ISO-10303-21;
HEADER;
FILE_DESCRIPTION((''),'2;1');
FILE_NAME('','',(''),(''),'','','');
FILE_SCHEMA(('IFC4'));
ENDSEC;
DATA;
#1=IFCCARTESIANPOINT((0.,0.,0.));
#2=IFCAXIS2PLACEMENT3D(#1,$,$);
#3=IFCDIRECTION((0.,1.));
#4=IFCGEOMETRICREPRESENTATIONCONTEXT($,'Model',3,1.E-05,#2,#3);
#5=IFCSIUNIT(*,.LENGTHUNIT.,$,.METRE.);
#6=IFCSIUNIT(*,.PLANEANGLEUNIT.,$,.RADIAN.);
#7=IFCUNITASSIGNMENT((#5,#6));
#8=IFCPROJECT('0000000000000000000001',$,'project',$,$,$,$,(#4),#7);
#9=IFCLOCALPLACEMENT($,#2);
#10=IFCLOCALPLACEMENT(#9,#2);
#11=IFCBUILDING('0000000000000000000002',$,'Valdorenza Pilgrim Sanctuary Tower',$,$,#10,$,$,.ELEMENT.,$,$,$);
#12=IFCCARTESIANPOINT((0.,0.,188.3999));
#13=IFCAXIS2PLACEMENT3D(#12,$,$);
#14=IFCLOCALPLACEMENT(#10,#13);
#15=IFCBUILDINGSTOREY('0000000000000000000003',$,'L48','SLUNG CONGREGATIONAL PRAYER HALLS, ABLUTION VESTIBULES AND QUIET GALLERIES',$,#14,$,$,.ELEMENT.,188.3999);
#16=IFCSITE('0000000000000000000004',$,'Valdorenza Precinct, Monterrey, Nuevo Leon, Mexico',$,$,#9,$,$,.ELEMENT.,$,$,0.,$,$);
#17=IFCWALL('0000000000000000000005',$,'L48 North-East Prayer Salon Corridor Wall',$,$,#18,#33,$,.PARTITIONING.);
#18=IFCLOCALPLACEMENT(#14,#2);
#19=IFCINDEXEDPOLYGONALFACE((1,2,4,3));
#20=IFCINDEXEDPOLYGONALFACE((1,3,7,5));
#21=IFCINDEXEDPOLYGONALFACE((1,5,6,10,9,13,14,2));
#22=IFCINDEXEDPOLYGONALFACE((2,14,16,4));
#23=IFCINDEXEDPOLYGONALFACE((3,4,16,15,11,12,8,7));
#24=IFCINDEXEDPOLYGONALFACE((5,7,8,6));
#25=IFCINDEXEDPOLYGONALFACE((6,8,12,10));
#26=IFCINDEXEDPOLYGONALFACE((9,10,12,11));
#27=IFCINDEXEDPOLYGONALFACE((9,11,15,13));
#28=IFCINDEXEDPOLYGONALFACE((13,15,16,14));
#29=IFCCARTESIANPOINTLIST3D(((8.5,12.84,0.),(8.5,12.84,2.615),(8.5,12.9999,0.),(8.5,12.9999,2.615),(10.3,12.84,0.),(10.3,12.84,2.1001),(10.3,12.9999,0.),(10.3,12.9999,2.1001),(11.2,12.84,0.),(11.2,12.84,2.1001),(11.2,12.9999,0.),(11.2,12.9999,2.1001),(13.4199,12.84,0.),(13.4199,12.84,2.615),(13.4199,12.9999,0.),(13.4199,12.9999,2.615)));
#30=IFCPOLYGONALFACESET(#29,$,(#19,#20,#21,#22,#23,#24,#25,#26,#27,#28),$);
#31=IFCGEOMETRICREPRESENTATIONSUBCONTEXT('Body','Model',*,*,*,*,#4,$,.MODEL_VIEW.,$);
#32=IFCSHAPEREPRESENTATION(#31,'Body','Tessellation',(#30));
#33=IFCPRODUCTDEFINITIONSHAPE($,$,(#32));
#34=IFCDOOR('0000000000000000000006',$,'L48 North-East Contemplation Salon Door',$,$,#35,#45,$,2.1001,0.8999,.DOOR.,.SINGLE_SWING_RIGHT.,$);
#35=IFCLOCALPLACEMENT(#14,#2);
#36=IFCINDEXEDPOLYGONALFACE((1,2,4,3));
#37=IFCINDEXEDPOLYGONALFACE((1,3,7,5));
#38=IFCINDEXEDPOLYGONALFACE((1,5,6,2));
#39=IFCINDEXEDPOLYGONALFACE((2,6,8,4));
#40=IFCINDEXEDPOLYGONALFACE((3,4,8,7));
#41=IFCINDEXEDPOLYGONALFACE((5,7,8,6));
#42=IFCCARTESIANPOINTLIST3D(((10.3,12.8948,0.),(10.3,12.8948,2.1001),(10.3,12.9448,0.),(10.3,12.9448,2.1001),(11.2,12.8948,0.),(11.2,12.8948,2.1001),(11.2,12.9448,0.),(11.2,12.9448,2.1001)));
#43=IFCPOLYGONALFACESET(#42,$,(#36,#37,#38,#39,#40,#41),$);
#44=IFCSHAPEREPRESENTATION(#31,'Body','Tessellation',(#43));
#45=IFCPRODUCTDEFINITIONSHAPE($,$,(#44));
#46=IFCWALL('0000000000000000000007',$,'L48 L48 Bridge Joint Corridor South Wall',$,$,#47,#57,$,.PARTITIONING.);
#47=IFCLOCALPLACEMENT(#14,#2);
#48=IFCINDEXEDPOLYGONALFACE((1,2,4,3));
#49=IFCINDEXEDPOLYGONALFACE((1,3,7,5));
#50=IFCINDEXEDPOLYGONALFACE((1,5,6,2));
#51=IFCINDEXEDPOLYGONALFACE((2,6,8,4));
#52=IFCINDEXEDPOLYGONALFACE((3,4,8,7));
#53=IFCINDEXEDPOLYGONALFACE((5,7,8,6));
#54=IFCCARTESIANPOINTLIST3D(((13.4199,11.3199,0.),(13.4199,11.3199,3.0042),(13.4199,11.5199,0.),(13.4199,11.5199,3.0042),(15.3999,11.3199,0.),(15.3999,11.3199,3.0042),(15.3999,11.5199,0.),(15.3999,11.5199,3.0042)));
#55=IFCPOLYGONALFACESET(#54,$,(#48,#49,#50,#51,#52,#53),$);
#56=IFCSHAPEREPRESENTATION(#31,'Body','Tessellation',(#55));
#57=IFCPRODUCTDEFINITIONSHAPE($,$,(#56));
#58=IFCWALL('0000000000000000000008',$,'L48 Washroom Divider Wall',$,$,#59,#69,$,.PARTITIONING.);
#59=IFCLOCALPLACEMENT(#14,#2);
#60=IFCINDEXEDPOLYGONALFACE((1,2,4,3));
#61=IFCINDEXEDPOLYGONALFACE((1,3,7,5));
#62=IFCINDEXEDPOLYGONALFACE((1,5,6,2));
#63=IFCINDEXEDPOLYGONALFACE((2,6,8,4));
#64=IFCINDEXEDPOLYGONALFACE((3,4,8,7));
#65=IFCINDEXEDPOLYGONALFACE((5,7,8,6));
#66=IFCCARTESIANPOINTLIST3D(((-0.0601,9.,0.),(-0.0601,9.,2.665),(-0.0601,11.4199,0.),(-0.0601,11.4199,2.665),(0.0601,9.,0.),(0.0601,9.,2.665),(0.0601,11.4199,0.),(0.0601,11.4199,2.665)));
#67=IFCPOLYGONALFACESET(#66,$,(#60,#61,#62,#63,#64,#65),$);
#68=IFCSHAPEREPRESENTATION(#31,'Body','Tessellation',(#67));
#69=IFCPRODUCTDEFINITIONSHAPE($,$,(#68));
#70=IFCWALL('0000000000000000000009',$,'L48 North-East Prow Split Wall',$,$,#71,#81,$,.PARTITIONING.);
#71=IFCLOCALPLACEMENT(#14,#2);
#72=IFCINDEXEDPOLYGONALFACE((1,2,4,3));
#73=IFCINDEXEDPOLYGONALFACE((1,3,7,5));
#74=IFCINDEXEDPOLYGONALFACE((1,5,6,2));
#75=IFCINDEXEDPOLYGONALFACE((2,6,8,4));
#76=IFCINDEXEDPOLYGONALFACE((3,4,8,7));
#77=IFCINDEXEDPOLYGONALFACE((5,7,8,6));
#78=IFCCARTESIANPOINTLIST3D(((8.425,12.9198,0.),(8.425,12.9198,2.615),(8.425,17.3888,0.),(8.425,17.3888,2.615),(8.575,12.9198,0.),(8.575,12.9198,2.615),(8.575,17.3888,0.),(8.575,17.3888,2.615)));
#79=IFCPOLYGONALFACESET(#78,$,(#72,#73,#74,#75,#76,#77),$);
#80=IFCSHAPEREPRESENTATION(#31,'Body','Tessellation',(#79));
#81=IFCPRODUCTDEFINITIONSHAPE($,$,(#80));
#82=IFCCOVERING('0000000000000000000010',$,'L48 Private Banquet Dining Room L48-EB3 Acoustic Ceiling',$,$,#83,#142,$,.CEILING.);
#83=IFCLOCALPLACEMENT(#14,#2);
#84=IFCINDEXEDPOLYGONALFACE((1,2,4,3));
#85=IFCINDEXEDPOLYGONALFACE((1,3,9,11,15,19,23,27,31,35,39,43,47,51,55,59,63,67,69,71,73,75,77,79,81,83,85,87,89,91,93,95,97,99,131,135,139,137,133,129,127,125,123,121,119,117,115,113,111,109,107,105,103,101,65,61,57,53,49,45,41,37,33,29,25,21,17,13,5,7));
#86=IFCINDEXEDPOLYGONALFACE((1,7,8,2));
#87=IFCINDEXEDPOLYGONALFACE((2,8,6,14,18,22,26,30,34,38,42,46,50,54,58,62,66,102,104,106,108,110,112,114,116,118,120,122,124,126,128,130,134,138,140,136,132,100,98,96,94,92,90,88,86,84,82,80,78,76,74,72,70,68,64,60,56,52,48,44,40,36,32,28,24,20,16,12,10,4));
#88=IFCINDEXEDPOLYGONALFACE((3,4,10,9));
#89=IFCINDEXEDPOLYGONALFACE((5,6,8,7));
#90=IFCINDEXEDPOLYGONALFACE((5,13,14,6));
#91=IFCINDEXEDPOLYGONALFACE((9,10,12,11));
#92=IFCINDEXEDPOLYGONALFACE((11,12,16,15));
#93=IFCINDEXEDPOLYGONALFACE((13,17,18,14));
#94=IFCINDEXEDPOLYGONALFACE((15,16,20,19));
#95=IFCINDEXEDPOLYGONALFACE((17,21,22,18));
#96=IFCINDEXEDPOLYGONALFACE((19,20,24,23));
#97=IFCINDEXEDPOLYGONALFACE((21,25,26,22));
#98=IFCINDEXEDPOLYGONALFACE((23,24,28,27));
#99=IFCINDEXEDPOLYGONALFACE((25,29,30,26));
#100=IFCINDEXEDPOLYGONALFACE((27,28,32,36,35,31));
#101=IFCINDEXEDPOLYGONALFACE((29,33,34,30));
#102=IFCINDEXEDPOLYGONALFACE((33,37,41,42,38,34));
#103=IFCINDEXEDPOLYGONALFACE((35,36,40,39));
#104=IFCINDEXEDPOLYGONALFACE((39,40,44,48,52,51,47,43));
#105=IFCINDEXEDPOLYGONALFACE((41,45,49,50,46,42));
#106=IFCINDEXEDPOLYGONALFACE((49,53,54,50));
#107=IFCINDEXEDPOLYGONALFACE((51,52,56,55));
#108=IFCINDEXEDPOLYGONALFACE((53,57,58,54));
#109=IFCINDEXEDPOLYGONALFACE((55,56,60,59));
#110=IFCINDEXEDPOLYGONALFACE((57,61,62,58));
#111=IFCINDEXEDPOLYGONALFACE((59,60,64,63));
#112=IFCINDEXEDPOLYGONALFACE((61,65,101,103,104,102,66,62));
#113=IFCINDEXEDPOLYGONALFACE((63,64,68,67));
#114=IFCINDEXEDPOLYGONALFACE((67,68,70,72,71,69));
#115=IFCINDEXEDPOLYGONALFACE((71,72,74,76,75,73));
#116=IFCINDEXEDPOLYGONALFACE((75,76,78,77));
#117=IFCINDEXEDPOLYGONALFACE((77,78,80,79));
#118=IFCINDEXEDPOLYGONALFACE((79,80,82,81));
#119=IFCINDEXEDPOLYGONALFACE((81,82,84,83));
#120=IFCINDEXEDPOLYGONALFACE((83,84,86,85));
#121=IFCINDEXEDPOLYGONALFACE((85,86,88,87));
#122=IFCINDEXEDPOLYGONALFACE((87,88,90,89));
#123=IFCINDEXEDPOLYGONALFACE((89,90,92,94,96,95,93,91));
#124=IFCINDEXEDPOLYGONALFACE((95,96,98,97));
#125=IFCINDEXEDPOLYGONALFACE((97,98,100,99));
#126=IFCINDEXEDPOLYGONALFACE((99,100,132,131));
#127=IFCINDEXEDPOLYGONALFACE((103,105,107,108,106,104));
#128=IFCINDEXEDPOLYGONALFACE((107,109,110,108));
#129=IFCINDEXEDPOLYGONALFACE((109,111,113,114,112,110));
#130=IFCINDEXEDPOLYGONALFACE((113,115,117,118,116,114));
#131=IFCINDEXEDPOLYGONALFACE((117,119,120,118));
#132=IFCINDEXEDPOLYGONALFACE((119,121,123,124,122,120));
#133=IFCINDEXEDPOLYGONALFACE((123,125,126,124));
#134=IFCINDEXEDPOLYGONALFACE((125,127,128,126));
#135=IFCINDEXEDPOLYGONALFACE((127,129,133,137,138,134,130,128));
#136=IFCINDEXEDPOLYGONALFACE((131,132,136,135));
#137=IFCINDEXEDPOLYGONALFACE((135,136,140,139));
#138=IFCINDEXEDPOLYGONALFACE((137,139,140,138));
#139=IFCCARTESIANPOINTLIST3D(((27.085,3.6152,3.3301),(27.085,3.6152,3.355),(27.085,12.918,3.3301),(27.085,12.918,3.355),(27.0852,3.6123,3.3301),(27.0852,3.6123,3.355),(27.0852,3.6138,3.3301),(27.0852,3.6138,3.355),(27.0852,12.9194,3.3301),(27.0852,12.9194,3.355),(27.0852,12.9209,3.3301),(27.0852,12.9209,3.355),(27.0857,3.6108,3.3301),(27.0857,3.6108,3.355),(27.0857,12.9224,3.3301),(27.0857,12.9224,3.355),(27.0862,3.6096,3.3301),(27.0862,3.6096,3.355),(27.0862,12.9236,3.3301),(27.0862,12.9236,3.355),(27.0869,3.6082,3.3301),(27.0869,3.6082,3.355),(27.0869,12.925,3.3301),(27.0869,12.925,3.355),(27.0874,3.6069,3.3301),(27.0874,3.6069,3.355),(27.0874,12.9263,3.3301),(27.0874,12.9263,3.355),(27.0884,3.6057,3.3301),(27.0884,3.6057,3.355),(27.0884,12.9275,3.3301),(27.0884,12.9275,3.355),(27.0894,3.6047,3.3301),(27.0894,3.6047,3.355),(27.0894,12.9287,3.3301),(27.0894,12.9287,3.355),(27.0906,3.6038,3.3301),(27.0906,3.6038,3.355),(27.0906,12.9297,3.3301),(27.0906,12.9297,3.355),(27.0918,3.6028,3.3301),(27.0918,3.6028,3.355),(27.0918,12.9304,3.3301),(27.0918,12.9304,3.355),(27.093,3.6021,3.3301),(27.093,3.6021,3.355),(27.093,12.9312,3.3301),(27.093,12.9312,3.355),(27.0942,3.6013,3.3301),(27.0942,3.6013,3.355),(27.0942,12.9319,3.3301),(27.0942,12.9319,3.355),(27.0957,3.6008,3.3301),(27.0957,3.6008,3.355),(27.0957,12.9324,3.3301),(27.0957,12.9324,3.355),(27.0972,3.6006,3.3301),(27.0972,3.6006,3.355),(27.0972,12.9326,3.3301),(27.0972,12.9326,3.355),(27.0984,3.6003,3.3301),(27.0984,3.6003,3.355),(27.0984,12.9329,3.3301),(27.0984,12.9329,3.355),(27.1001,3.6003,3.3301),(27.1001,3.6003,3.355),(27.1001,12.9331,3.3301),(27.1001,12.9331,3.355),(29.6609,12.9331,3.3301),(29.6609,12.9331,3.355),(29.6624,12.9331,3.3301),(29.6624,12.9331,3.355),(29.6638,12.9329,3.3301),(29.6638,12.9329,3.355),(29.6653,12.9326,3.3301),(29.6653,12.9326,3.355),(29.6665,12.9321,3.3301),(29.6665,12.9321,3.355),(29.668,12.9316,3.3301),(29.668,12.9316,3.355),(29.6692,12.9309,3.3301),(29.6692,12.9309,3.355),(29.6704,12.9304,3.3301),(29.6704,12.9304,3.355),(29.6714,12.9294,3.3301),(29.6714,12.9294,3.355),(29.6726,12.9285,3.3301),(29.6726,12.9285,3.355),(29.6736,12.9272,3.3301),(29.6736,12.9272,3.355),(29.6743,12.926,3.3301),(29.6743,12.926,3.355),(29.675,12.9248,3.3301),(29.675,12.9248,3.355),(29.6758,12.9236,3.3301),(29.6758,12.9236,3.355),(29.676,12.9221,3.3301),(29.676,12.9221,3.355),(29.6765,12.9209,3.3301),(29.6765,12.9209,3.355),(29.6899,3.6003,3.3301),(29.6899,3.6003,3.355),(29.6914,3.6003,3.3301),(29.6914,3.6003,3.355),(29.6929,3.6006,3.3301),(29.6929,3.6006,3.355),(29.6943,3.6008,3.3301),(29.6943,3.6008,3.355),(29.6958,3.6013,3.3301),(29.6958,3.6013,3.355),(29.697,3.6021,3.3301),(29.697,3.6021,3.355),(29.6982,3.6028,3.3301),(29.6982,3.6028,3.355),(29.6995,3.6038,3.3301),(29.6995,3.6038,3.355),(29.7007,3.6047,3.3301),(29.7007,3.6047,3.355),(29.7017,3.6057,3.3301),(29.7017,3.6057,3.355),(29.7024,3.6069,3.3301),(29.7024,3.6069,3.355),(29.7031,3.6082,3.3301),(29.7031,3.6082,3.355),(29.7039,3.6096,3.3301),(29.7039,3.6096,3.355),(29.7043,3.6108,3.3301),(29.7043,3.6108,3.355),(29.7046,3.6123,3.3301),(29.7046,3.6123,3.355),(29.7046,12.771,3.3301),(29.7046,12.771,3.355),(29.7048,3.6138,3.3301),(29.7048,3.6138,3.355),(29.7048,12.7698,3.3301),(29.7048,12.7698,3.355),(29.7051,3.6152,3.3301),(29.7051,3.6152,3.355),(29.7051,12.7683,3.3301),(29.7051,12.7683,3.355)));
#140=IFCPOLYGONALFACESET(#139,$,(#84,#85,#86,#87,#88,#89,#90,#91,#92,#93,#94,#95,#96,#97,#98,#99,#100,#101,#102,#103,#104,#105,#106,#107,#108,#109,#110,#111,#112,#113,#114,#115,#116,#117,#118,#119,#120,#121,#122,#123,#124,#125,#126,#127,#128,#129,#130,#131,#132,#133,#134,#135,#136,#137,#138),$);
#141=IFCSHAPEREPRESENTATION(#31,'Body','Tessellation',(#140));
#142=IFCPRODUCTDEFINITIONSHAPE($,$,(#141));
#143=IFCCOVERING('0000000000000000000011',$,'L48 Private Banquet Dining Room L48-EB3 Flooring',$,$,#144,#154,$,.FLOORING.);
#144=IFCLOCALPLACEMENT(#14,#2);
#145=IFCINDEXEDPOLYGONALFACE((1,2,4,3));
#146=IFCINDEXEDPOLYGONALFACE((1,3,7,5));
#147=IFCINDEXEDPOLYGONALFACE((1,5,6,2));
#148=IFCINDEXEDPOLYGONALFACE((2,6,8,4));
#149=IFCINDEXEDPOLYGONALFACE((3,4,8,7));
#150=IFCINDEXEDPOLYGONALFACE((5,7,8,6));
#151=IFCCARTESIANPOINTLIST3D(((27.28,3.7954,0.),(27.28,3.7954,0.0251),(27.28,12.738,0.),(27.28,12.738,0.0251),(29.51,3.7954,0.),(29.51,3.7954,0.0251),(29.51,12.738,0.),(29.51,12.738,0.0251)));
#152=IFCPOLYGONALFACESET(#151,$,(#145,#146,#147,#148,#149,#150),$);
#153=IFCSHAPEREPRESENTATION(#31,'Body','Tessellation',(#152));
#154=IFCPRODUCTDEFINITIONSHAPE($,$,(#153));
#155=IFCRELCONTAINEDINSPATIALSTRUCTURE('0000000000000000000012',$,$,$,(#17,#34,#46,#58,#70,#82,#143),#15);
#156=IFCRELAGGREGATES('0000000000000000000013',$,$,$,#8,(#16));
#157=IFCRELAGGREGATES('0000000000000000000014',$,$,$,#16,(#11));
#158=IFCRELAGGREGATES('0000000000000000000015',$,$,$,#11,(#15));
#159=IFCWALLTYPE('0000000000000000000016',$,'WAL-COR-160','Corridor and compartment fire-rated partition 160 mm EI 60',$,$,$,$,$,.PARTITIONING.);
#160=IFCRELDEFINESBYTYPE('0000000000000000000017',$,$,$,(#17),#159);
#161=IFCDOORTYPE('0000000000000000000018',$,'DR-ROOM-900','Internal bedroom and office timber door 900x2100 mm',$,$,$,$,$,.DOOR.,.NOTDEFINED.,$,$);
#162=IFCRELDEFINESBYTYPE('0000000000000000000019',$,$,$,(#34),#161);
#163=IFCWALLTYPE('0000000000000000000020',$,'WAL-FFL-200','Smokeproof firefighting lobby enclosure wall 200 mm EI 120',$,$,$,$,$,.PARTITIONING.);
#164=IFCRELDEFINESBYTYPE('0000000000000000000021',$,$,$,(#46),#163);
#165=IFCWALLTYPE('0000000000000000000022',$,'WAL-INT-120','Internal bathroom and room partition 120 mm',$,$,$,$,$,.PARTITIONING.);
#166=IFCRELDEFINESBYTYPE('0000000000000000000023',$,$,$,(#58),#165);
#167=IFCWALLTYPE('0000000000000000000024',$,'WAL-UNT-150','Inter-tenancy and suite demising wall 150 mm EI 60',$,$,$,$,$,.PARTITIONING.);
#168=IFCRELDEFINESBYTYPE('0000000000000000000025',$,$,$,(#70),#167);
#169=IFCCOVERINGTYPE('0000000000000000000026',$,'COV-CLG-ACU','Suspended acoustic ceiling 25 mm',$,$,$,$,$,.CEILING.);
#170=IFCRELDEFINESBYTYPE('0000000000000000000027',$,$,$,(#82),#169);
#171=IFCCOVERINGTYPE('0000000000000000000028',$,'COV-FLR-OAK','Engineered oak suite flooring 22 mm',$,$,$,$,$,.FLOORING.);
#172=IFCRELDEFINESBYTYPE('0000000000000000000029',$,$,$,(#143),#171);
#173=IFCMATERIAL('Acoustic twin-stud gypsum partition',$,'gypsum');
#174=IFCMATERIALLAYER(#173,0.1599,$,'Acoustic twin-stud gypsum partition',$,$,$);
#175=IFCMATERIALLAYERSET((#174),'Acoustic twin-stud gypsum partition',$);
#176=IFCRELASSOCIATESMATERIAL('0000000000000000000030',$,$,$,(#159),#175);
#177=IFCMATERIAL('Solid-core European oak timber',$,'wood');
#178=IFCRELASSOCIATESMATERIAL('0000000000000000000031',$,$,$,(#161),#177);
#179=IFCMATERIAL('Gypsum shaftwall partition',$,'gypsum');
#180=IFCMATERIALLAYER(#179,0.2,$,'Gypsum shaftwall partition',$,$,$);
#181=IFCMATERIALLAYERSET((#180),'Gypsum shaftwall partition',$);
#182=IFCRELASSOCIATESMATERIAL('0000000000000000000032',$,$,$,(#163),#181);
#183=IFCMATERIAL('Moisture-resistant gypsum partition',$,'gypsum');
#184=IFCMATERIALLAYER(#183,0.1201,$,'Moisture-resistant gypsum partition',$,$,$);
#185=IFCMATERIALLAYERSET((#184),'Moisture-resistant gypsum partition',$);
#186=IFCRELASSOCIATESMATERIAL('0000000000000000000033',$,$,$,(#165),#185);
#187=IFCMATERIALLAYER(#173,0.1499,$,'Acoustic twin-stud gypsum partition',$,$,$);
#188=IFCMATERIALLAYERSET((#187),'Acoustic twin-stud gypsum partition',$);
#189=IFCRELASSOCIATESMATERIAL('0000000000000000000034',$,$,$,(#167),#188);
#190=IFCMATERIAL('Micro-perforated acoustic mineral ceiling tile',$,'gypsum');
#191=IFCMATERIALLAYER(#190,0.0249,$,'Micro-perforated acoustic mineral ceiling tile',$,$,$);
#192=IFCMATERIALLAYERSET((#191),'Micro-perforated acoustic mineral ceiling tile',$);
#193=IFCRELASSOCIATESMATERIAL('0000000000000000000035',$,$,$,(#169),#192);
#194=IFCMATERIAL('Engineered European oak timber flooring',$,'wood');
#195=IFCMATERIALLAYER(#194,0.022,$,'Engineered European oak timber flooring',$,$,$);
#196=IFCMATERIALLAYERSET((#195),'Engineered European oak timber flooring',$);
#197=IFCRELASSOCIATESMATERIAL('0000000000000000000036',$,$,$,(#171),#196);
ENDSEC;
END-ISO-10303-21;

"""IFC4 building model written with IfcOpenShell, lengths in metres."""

from ifc_helpers import new_model, si_unit, direction, frame, frame_2d, origin, place, context, subcontext, project, spatial, polyline, rectangle, outline, extrude, material, layer, layer_set, type_object, element, fill, save


model = new_model("IFC4")

# Units and contexts
model_context = context("Model", 3, precision=1e-05, world=origin(), true_north=direction((0.0, 1.0)))
body_context = subcontext(model_context, "Body", "Model", "MODEL_VIEW")
ifc_project = project(units=[si_unit("LENGTHUNIT", "METRE"), si_unit("PLANEANGLEUNIT", "RADIAN")], contexts=[model_context])

# Site, building, storey
site_placement = place(None, origin())
site = spatial("IfcSite", under=ifc_project, at=site_placement, Name="Valdorenza Precinct, Monterrey, Nuevo Leon, Mexico", CompositionType="ELEMENT", RefElevation=0.0)
building_placement = place(site_placement, origin())
building = spatial("IfcBuilding", under=site, at=building_placement, Name="Valdorenza Pilgrim Sanctuary Tower", CompositionType="ELEMENT")
storey_placement = place(building_placement, frame((0.0, 0.0, 188.3999)))
storey = spatial("IfcBuildingStorey", under=building, at=storey_placement, Name="L48", Description="SLUNG CONGREGATIONAL PRAYER HALLS, ABLUTION VESTIBULES AND QUIET GALLERIES", CompositionType="ELEMENT", Elevation=188.3999)

# Shared definitions
ifc_material_1 = material(Name="Acoustic twin-stud gypsum partition", Category="gypsum")
ifc_layer_1 = layer(ifc_material_1, 0.1599, Name="Acoustic twin-stud gypsum partition")
ifc_layer_set_1 = layer_set([ifc_layer_1], Name="Acoustic twin-stud gypsum partition")
wall_type_1 = type_object("IfcWallType", Name="WAL-COR-160", Description="Corridor and compartment fire-rated partition 160 mm EI 60", PredefinedType="PARTITIONING", material=ifc_layer_set_1)

# Wall, opening, door
wall_1_placement = place(storey_placement, frame((8.5, 12.9199, 0.0), z_axis=(0.0, 0.0, 1.0), x_axis=(1.0, 0.0, 0.0)))
wall_1 = element("IfcWall", 1, at=wall_1_placement, inside=storey, type_object=wall_type_1, Name="L48 North-East Prayer Salon Corridor Wall", PredefinedType="PARTITIONING", context=body_context, shape_type="SweptSolid", body=[
    extrude(rectangle(XDim=4.9199, YDim=0.1599, at=frame_2d((2.46, 0.0))), origin(), (0.0, 0.0, 1.0), 2.615),
])
opening_1_placement = place(wall_1_placement, frame((1.8, 0.0, 0.0)))
opening_1 = element("IfcOpeningElement", 2, at=opening_1_placement, cuts=wall_1, PredefinedType="OPENING", context=body_context, shape_type="SweptSolid", body=[
    extrude(rectangle(XDim=0.8999, YDim=2.1001, at=frame_2d((0.45, 1.05))), frame((0.0, 0.0947, 0.0), z_axis=(0.0, -1.0, 0.0), x_axis=(1.0, 0.0, 0.0)), (0.0, 0.0, 1.0), 0.1897),
])
ifc_material_2 = material(Name="Solid-core European oak timber", Category="wood")
door_type_1 = type_object("IfcDoorType", Name="DR-ROOM-900", Description="Internal bedroom and office timber door 900x2100 mm", OperationType="NOTDEFINED", PredefinedType="DOOR", material=ifc_material_2)
door_1_placement = place(opening_1_placement, origin())
door_1 = element("IfcDoor", 3, at=door_1_placement, inside=storey, type_object=door_type_1, Name="L48 North-East Contemplation Salon Door", OperationType="SINGLE_SWING_RIGHT", OverallHeight=2.1001, OverallWidth=0.8999, PredefinedType="DOOR", context=body_context, shape_type="SweptSolid", body=[
    extrude(rectangle(XDim=0.8999, YDim=2.1001, at=frame_2d((0.45, 1.05))), frame((0.0, 0.0249, 0.0), z_axis=(0.0, -1.0, 0.0), x_axis=(1.0, 0.0, 0.0)), (0.0, 0.0, 1.0), 0.05),
])
fill(opening_1, door_1)

# Wall
ifc_material_3 = material(Name="Gypsum shaftwall partition", Category="gypsum")
ifc_layer_2 = layer(ifc_material_3, 0.2, Name="Gypsum shaftwall partition")
ifc_layer_set_2 = layer_set([ifc_layer_2], Name="Gypsum shaftwall partition")
wall_type_2 = type_object("IfcWallType", Name="WAL-FFL-200", Description="Smokeproof firefighting lobby enclosure wall 200 mm EI 120", PredefinedType="PARTITIONING", material=ifc_layer_set_2)
wall_2_placement = place(storey_placement, frame((13.4199, 11.4199, 0.0), z_axis=(0.0, 0.0, 1.0), x_axis=(1.0, 0.0, 0.0)))
element("IfcWall", 4, at=wall_2_placement, inside=storey, type_object=wall_type_2, Name="L48 L48 Bridge Joint Corridor South Wall", PredefinedType="PARTITIONING", context=body_context, shape_type="SweptSolid", body=[
    extrude(rectangle(XDim=1.98, YDim=0.2, at=frame_2d((0.99, 0.0))), origin(), (0.0, 0.0, 1.0), 3.0042),
])

# Walls
ifc_material_4 = material(Name="Moisture-resistant gypsum partition", Category="gypsum")
ifc_layer_3 = layer(ifc_material_4, 0.1201, Name="Moisture-resistant gypsum partition")
ifc_layer_set_3 = layer_set([ifc_layer_3], Name="Moisture-resistant gypsum partition")
wall_type_3 = type_object("IfcWallType", Name="WAL-INT-120", Description="Internal bathroom and room partition 120 mm", PredefinedType="PARTITIONING", material=ifc_layer_set_3)
wall_3_placement = place(storey_placement, frame((0.0, 9.0, 0.0), z_axis=(0.0, 0.0, 1.0), x_axis=(0.0, 1.0, 0.0)))
element("IfcWall", 5, at=wall_3_placement, inside=storey, type_object=wall_type_3, Name="L48 Washroom Divider Wall", PredefinedType="PARTITIONING", context=body_context, shape_type="SweptSolid", body=[
    extrude(rectangle(XDim=2.4199, YDim=0.1201, at=frame_2d((1.21, 0.0))), origin(), (0.0, 0.0, 1.0), 2.665),
])
ifc_layer_4 = layer(ifc_material_1, 0.1499, Name="Acoustic twin-stud gypsum partition")
ifc_layer_set_4 = layer_set([ifc_layer_4], Name="Acoustic twin-stud gypsum partition")
wall_type_4 = type_object("IfcWallType", Name="WAL-UNT-150", Description="Inter-tenancy and suite demising wall 150 mm EI 60", PredefinedType="PARTITIONING", material=ifc_layer_set_4)
wall_4_placement = place(storey_placement, frame((8.5, 12.9199, 0.0), z_axis=(0.0, 0.0, 1.0), x_axis=(0.0, 1.0, 0.0)))
element("IfcWall", 6, at=wall_4_placement, inside=storey, type_object=wall_type_4, Name="L48 North-East Prow Split Wall", PredefinedType="PARTITIONING", context=body_context, shape_type="SweptSolid", body=[
    extrude(rectangle(XDim=4.469, YDim=0.1499, at=frame_2d((2.2344, 0.0))), origin(), (0.0, 0.0, 1.0), 2.615),
])

# Coverings
ifc_material_5 = material(Name="Micro-perforated acoustic mineral ceiling tile", Category="gypsum")
ifc_layer_5 = layer(ifc_material_5, 0.0249, Name="Micro-perforated acoustic mineral ceiling tile")
ifc_layer_set_5 = layer_set([ifc_layer_5], Name="Micro-perforated acoustic mineral ceiling tile")
covering_type_1 = type_object("IfcCoveringType", Name="COV-CLG-ACU", Description="Suspended acoustic ceiling 25 mm", PredefinedType="CEILING", material=ifc_layer_set_5)
covering_1_placement = place(storey_placement, frame((0.0, 0.0, 3.3301)))
element("IfcCovering", 7, at=covering_1_placement, inside=storey, type_object=covering_type_1, Name="L48 Private Banquet Dining Room L48-EB3 Acoustic Ceiling", PredefinedType="CEILING", context=body_context, shape_type="SweptSolid", body=[
    extrude(outline(polyline([(27.085, 12.918), (27.0852, 12.9194), (27.0852, 12.9209), (27.0857, 12.9224), (27.0862, 12.9236), (27.0869, 12.925), (27.0874, 12.9263), (27.0884, 12.9275), (27.0894, 12.9287), (27.0906, 12.9297), (27.0918, 12.9304), (27.093, 12.9312), (27.0942, 12.9319), (27.0957, 12.9324), (27.0972, 12.9326), (27.0984, 12.9329), (27.1001, 12.9331), (29.6609, 12.9331), (29.6609, 12.9331), (29.6624, 12.9331), (29.6638, 12.9329), (29.6653, 12.9326), (29.6665, 12.9321), (29.668, 12.9316), (29.6692, 12.9309), (29.6704, 12.9304), (29.6714, 12.9294), (29.6726, 12.9285), (29.6736, 12.9272), (29.6743, 12.926), (29.675, 12.9248), (29.6758, 12.9236), (29.676, 12.9221), (29.6765, 12.9209), (29.7046, 12.771), (29.7048, 12.7698), (29.7051, 12.7683), (29.7051, 3.6152), (29.7048, 3.6138), (29.7046, 3.6123), (29.7043, 3.6108), (29.7039, 3.6096), (29.7031, 3.6082), (29.7024, 3.6069), (29.7017, 3.6057), (29.7007, 3.6047), (29.6995, 3.6038), (29.6982, 3.6028), (29.697, 3.6021), (29.6958, 3.6013), (29.6943, 3.6008), (29.6929, 3.6006), (29.6914, 3.6003), (29.6899, 3.6003), (27.1001, 3.6003), (27.0984, 3.6003), (27.0972, 3.6006), (27.0957, 3.6008), (27.0942, 3.6013), (27.093, 3.6021), (27.0918, 3.6028), (27.0906, 3.6038), (27.0894, 3.6047), (27.0884, 3.6057), (27.0874, 3.6069), (27.0869, 3.6082), (27.0862, 3.6096), (27.0857, 3.6108), (27.0852, 3.6123), (27.0852, 3.6138), (27.085, 3.6152), (27.085, 12.918)])), origin(), (0.0, 0.0, 1.0), 0.0249),
])
ifc_material_6 = material(Name="Engineered European oak timber flooring", Category="wood")
ifc_layer_6 = layer(ifc_material_6, 0.022, Name="Engineered European oak timber flooring")
ifc_layer_set_6 = layer_set([ifc_layer_6], Name="Engineered European oak timber flooring")
covering_type_2 = type_object("IfcCoveringType", Name="COV-FLR-OAK", Description="Engineered oak suite flooring 22 mm", PredefinedType="FLOORING", material=ifc_layer_set_6)
covering_2_placement = place(storey_placement, origin())
element("IfcCovering", 8, at=covering_2_placement, inside=storey, type_object=covering_type_2, Name="L48 Private Banquet Dining Room L48-EB3 Flooring", PredefinedType="FLOORING", context=body_context, shape_type="SweptSolid", body=[
    extrude(outline(polyline([(27.28, 12.738), (29.51, 12.738), (29.51, 3.7954), (27.28, 3.7954), (27.28, 12.738)])), origin(), (0.0, 0.0, 1.0), 0.0251),
])

save(model, "model.ifc")
